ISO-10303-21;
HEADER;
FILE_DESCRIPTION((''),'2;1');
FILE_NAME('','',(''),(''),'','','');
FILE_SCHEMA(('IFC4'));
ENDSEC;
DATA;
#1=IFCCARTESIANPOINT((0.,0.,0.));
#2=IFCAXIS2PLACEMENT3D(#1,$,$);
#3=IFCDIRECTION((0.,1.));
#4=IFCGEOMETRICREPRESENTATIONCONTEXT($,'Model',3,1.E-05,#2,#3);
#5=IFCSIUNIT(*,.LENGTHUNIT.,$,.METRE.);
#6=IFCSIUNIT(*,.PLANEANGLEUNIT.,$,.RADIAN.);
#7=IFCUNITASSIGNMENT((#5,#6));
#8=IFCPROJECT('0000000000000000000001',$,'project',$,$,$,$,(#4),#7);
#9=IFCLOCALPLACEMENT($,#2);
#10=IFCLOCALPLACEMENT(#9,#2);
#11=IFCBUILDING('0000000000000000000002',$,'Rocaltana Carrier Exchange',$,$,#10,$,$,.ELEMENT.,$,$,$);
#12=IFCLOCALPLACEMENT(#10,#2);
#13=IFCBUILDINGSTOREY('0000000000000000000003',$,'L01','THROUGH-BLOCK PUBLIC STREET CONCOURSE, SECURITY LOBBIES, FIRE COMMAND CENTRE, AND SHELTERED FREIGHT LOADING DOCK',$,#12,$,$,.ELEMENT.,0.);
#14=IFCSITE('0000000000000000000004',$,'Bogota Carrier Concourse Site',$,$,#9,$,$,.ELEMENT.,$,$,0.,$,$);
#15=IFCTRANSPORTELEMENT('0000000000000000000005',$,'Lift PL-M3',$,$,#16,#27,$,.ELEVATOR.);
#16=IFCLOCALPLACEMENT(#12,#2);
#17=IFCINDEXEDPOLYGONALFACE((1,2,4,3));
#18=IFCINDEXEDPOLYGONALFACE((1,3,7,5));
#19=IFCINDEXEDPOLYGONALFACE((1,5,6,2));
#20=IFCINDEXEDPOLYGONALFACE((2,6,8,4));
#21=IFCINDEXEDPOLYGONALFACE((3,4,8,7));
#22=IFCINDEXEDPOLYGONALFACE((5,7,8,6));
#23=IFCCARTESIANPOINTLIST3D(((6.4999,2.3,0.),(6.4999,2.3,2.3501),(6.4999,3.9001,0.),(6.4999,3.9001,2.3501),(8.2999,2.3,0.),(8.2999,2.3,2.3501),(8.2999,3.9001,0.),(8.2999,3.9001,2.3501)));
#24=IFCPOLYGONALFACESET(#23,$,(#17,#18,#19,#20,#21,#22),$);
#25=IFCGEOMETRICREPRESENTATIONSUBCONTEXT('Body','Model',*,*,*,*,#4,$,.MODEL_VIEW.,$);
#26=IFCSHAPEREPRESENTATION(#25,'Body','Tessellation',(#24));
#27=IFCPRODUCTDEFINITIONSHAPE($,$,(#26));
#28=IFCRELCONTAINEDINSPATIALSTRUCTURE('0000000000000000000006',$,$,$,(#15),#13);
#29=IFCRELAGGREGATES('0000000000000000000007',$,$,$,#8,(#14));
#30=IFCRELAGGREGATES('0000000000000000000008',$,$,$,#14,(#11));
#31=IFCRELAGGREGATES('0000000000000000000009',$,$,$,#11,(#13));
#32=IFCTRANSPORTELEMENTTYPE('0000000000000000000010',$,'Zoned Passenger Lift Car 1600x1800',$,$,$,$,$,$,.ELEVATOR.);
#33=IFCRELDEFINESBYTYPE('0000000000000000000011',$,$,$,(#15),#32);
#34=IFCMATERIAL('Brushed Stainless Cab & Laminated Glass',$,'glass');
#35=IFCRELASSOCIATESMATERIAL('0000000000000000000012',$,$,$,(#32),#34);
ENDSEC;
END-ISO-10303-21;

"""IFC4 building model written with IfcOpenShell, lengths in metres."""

from ifc_helpers import new_model, si_unit, direction, frame, origin, origin_2d, place, context, subcontext, project, spatial, rectangle, extrude, material, type_object, element, save


model = new_model("IFC4")

# Units and contexts
model_context = context("Model", 3, precision=1e-05, world=origin(), true_north=direction((0.0, 1.0)))
body_context = subcontext(model_context, "Body", "Model", "MODEL_VIEW")
ifc_project = project(units=[si_unit("LENGTHUNIT", "METRE"), si_unit("PLANEANGLEUNIT", "RADIAN")], contexts=[model_context])

# Site, building, storey
site_placement = place(None, origin())
site = spatial("IfcSite", under=ifc_project, at=site_placement, Name="Bogota Carrier Concourse Site", CompositionType="ELEMENT", RefElevation=0.0)
building_placement = place(site_placement, origin())
building = spatial("IfcBuilding", under=site, at=building_placement, Name="Rocaltana Carrier Exchange", CompositionType="ELEMENT")
storey_placement = place(building_placement, origin())
storey = spatial("IfcBuildingStorey", under=building, at=storey_placement, Name="L01", Description="THROUGH-BLOCK PUBLIC STREET CONCOURSE, SECURITY LOBBIES, FIRE COMMAND CENTRE, AND SHELTERED FREIGHT LOADING DOCK", CompositionType="ELEMENT", Elevation=0.0)

# Transport element
ifc_material_1 = material(Name="Brushed Stainless Cab & Laminated Glass", Category="glass")
transport_element_type = type_object("IfcTransportElementType", Name="Zoned Passenger Lift Car 1600x1800", PredefinedType="ELEVATOR", material=ifc_material_1)
for number, where, z_axis, x_axis, name in (
    (1, (7.3999, 3.1001, 0.0), (0.0, 0.0, 1.0), (1.0, 0.0, 0.0), "Lift PL-M3"),
):
    element("IfcTransportElement", number, at=place(storey_placement, frame(where, z_axis=z_axis, x_axis=x_axis)), inside=storey, type_object=transport_element_type, Name=name, PredefinedType="ELEVATOR", context=body_context, shape_type="SweptSolid", body=[
        extrude(rectangle(XDim=1.8, YDim=1.6001, at=origin_2d()), origin(), (0.0, 0.0, 1.0), 2.3501),
    ])

save(model, "model.ifc")
